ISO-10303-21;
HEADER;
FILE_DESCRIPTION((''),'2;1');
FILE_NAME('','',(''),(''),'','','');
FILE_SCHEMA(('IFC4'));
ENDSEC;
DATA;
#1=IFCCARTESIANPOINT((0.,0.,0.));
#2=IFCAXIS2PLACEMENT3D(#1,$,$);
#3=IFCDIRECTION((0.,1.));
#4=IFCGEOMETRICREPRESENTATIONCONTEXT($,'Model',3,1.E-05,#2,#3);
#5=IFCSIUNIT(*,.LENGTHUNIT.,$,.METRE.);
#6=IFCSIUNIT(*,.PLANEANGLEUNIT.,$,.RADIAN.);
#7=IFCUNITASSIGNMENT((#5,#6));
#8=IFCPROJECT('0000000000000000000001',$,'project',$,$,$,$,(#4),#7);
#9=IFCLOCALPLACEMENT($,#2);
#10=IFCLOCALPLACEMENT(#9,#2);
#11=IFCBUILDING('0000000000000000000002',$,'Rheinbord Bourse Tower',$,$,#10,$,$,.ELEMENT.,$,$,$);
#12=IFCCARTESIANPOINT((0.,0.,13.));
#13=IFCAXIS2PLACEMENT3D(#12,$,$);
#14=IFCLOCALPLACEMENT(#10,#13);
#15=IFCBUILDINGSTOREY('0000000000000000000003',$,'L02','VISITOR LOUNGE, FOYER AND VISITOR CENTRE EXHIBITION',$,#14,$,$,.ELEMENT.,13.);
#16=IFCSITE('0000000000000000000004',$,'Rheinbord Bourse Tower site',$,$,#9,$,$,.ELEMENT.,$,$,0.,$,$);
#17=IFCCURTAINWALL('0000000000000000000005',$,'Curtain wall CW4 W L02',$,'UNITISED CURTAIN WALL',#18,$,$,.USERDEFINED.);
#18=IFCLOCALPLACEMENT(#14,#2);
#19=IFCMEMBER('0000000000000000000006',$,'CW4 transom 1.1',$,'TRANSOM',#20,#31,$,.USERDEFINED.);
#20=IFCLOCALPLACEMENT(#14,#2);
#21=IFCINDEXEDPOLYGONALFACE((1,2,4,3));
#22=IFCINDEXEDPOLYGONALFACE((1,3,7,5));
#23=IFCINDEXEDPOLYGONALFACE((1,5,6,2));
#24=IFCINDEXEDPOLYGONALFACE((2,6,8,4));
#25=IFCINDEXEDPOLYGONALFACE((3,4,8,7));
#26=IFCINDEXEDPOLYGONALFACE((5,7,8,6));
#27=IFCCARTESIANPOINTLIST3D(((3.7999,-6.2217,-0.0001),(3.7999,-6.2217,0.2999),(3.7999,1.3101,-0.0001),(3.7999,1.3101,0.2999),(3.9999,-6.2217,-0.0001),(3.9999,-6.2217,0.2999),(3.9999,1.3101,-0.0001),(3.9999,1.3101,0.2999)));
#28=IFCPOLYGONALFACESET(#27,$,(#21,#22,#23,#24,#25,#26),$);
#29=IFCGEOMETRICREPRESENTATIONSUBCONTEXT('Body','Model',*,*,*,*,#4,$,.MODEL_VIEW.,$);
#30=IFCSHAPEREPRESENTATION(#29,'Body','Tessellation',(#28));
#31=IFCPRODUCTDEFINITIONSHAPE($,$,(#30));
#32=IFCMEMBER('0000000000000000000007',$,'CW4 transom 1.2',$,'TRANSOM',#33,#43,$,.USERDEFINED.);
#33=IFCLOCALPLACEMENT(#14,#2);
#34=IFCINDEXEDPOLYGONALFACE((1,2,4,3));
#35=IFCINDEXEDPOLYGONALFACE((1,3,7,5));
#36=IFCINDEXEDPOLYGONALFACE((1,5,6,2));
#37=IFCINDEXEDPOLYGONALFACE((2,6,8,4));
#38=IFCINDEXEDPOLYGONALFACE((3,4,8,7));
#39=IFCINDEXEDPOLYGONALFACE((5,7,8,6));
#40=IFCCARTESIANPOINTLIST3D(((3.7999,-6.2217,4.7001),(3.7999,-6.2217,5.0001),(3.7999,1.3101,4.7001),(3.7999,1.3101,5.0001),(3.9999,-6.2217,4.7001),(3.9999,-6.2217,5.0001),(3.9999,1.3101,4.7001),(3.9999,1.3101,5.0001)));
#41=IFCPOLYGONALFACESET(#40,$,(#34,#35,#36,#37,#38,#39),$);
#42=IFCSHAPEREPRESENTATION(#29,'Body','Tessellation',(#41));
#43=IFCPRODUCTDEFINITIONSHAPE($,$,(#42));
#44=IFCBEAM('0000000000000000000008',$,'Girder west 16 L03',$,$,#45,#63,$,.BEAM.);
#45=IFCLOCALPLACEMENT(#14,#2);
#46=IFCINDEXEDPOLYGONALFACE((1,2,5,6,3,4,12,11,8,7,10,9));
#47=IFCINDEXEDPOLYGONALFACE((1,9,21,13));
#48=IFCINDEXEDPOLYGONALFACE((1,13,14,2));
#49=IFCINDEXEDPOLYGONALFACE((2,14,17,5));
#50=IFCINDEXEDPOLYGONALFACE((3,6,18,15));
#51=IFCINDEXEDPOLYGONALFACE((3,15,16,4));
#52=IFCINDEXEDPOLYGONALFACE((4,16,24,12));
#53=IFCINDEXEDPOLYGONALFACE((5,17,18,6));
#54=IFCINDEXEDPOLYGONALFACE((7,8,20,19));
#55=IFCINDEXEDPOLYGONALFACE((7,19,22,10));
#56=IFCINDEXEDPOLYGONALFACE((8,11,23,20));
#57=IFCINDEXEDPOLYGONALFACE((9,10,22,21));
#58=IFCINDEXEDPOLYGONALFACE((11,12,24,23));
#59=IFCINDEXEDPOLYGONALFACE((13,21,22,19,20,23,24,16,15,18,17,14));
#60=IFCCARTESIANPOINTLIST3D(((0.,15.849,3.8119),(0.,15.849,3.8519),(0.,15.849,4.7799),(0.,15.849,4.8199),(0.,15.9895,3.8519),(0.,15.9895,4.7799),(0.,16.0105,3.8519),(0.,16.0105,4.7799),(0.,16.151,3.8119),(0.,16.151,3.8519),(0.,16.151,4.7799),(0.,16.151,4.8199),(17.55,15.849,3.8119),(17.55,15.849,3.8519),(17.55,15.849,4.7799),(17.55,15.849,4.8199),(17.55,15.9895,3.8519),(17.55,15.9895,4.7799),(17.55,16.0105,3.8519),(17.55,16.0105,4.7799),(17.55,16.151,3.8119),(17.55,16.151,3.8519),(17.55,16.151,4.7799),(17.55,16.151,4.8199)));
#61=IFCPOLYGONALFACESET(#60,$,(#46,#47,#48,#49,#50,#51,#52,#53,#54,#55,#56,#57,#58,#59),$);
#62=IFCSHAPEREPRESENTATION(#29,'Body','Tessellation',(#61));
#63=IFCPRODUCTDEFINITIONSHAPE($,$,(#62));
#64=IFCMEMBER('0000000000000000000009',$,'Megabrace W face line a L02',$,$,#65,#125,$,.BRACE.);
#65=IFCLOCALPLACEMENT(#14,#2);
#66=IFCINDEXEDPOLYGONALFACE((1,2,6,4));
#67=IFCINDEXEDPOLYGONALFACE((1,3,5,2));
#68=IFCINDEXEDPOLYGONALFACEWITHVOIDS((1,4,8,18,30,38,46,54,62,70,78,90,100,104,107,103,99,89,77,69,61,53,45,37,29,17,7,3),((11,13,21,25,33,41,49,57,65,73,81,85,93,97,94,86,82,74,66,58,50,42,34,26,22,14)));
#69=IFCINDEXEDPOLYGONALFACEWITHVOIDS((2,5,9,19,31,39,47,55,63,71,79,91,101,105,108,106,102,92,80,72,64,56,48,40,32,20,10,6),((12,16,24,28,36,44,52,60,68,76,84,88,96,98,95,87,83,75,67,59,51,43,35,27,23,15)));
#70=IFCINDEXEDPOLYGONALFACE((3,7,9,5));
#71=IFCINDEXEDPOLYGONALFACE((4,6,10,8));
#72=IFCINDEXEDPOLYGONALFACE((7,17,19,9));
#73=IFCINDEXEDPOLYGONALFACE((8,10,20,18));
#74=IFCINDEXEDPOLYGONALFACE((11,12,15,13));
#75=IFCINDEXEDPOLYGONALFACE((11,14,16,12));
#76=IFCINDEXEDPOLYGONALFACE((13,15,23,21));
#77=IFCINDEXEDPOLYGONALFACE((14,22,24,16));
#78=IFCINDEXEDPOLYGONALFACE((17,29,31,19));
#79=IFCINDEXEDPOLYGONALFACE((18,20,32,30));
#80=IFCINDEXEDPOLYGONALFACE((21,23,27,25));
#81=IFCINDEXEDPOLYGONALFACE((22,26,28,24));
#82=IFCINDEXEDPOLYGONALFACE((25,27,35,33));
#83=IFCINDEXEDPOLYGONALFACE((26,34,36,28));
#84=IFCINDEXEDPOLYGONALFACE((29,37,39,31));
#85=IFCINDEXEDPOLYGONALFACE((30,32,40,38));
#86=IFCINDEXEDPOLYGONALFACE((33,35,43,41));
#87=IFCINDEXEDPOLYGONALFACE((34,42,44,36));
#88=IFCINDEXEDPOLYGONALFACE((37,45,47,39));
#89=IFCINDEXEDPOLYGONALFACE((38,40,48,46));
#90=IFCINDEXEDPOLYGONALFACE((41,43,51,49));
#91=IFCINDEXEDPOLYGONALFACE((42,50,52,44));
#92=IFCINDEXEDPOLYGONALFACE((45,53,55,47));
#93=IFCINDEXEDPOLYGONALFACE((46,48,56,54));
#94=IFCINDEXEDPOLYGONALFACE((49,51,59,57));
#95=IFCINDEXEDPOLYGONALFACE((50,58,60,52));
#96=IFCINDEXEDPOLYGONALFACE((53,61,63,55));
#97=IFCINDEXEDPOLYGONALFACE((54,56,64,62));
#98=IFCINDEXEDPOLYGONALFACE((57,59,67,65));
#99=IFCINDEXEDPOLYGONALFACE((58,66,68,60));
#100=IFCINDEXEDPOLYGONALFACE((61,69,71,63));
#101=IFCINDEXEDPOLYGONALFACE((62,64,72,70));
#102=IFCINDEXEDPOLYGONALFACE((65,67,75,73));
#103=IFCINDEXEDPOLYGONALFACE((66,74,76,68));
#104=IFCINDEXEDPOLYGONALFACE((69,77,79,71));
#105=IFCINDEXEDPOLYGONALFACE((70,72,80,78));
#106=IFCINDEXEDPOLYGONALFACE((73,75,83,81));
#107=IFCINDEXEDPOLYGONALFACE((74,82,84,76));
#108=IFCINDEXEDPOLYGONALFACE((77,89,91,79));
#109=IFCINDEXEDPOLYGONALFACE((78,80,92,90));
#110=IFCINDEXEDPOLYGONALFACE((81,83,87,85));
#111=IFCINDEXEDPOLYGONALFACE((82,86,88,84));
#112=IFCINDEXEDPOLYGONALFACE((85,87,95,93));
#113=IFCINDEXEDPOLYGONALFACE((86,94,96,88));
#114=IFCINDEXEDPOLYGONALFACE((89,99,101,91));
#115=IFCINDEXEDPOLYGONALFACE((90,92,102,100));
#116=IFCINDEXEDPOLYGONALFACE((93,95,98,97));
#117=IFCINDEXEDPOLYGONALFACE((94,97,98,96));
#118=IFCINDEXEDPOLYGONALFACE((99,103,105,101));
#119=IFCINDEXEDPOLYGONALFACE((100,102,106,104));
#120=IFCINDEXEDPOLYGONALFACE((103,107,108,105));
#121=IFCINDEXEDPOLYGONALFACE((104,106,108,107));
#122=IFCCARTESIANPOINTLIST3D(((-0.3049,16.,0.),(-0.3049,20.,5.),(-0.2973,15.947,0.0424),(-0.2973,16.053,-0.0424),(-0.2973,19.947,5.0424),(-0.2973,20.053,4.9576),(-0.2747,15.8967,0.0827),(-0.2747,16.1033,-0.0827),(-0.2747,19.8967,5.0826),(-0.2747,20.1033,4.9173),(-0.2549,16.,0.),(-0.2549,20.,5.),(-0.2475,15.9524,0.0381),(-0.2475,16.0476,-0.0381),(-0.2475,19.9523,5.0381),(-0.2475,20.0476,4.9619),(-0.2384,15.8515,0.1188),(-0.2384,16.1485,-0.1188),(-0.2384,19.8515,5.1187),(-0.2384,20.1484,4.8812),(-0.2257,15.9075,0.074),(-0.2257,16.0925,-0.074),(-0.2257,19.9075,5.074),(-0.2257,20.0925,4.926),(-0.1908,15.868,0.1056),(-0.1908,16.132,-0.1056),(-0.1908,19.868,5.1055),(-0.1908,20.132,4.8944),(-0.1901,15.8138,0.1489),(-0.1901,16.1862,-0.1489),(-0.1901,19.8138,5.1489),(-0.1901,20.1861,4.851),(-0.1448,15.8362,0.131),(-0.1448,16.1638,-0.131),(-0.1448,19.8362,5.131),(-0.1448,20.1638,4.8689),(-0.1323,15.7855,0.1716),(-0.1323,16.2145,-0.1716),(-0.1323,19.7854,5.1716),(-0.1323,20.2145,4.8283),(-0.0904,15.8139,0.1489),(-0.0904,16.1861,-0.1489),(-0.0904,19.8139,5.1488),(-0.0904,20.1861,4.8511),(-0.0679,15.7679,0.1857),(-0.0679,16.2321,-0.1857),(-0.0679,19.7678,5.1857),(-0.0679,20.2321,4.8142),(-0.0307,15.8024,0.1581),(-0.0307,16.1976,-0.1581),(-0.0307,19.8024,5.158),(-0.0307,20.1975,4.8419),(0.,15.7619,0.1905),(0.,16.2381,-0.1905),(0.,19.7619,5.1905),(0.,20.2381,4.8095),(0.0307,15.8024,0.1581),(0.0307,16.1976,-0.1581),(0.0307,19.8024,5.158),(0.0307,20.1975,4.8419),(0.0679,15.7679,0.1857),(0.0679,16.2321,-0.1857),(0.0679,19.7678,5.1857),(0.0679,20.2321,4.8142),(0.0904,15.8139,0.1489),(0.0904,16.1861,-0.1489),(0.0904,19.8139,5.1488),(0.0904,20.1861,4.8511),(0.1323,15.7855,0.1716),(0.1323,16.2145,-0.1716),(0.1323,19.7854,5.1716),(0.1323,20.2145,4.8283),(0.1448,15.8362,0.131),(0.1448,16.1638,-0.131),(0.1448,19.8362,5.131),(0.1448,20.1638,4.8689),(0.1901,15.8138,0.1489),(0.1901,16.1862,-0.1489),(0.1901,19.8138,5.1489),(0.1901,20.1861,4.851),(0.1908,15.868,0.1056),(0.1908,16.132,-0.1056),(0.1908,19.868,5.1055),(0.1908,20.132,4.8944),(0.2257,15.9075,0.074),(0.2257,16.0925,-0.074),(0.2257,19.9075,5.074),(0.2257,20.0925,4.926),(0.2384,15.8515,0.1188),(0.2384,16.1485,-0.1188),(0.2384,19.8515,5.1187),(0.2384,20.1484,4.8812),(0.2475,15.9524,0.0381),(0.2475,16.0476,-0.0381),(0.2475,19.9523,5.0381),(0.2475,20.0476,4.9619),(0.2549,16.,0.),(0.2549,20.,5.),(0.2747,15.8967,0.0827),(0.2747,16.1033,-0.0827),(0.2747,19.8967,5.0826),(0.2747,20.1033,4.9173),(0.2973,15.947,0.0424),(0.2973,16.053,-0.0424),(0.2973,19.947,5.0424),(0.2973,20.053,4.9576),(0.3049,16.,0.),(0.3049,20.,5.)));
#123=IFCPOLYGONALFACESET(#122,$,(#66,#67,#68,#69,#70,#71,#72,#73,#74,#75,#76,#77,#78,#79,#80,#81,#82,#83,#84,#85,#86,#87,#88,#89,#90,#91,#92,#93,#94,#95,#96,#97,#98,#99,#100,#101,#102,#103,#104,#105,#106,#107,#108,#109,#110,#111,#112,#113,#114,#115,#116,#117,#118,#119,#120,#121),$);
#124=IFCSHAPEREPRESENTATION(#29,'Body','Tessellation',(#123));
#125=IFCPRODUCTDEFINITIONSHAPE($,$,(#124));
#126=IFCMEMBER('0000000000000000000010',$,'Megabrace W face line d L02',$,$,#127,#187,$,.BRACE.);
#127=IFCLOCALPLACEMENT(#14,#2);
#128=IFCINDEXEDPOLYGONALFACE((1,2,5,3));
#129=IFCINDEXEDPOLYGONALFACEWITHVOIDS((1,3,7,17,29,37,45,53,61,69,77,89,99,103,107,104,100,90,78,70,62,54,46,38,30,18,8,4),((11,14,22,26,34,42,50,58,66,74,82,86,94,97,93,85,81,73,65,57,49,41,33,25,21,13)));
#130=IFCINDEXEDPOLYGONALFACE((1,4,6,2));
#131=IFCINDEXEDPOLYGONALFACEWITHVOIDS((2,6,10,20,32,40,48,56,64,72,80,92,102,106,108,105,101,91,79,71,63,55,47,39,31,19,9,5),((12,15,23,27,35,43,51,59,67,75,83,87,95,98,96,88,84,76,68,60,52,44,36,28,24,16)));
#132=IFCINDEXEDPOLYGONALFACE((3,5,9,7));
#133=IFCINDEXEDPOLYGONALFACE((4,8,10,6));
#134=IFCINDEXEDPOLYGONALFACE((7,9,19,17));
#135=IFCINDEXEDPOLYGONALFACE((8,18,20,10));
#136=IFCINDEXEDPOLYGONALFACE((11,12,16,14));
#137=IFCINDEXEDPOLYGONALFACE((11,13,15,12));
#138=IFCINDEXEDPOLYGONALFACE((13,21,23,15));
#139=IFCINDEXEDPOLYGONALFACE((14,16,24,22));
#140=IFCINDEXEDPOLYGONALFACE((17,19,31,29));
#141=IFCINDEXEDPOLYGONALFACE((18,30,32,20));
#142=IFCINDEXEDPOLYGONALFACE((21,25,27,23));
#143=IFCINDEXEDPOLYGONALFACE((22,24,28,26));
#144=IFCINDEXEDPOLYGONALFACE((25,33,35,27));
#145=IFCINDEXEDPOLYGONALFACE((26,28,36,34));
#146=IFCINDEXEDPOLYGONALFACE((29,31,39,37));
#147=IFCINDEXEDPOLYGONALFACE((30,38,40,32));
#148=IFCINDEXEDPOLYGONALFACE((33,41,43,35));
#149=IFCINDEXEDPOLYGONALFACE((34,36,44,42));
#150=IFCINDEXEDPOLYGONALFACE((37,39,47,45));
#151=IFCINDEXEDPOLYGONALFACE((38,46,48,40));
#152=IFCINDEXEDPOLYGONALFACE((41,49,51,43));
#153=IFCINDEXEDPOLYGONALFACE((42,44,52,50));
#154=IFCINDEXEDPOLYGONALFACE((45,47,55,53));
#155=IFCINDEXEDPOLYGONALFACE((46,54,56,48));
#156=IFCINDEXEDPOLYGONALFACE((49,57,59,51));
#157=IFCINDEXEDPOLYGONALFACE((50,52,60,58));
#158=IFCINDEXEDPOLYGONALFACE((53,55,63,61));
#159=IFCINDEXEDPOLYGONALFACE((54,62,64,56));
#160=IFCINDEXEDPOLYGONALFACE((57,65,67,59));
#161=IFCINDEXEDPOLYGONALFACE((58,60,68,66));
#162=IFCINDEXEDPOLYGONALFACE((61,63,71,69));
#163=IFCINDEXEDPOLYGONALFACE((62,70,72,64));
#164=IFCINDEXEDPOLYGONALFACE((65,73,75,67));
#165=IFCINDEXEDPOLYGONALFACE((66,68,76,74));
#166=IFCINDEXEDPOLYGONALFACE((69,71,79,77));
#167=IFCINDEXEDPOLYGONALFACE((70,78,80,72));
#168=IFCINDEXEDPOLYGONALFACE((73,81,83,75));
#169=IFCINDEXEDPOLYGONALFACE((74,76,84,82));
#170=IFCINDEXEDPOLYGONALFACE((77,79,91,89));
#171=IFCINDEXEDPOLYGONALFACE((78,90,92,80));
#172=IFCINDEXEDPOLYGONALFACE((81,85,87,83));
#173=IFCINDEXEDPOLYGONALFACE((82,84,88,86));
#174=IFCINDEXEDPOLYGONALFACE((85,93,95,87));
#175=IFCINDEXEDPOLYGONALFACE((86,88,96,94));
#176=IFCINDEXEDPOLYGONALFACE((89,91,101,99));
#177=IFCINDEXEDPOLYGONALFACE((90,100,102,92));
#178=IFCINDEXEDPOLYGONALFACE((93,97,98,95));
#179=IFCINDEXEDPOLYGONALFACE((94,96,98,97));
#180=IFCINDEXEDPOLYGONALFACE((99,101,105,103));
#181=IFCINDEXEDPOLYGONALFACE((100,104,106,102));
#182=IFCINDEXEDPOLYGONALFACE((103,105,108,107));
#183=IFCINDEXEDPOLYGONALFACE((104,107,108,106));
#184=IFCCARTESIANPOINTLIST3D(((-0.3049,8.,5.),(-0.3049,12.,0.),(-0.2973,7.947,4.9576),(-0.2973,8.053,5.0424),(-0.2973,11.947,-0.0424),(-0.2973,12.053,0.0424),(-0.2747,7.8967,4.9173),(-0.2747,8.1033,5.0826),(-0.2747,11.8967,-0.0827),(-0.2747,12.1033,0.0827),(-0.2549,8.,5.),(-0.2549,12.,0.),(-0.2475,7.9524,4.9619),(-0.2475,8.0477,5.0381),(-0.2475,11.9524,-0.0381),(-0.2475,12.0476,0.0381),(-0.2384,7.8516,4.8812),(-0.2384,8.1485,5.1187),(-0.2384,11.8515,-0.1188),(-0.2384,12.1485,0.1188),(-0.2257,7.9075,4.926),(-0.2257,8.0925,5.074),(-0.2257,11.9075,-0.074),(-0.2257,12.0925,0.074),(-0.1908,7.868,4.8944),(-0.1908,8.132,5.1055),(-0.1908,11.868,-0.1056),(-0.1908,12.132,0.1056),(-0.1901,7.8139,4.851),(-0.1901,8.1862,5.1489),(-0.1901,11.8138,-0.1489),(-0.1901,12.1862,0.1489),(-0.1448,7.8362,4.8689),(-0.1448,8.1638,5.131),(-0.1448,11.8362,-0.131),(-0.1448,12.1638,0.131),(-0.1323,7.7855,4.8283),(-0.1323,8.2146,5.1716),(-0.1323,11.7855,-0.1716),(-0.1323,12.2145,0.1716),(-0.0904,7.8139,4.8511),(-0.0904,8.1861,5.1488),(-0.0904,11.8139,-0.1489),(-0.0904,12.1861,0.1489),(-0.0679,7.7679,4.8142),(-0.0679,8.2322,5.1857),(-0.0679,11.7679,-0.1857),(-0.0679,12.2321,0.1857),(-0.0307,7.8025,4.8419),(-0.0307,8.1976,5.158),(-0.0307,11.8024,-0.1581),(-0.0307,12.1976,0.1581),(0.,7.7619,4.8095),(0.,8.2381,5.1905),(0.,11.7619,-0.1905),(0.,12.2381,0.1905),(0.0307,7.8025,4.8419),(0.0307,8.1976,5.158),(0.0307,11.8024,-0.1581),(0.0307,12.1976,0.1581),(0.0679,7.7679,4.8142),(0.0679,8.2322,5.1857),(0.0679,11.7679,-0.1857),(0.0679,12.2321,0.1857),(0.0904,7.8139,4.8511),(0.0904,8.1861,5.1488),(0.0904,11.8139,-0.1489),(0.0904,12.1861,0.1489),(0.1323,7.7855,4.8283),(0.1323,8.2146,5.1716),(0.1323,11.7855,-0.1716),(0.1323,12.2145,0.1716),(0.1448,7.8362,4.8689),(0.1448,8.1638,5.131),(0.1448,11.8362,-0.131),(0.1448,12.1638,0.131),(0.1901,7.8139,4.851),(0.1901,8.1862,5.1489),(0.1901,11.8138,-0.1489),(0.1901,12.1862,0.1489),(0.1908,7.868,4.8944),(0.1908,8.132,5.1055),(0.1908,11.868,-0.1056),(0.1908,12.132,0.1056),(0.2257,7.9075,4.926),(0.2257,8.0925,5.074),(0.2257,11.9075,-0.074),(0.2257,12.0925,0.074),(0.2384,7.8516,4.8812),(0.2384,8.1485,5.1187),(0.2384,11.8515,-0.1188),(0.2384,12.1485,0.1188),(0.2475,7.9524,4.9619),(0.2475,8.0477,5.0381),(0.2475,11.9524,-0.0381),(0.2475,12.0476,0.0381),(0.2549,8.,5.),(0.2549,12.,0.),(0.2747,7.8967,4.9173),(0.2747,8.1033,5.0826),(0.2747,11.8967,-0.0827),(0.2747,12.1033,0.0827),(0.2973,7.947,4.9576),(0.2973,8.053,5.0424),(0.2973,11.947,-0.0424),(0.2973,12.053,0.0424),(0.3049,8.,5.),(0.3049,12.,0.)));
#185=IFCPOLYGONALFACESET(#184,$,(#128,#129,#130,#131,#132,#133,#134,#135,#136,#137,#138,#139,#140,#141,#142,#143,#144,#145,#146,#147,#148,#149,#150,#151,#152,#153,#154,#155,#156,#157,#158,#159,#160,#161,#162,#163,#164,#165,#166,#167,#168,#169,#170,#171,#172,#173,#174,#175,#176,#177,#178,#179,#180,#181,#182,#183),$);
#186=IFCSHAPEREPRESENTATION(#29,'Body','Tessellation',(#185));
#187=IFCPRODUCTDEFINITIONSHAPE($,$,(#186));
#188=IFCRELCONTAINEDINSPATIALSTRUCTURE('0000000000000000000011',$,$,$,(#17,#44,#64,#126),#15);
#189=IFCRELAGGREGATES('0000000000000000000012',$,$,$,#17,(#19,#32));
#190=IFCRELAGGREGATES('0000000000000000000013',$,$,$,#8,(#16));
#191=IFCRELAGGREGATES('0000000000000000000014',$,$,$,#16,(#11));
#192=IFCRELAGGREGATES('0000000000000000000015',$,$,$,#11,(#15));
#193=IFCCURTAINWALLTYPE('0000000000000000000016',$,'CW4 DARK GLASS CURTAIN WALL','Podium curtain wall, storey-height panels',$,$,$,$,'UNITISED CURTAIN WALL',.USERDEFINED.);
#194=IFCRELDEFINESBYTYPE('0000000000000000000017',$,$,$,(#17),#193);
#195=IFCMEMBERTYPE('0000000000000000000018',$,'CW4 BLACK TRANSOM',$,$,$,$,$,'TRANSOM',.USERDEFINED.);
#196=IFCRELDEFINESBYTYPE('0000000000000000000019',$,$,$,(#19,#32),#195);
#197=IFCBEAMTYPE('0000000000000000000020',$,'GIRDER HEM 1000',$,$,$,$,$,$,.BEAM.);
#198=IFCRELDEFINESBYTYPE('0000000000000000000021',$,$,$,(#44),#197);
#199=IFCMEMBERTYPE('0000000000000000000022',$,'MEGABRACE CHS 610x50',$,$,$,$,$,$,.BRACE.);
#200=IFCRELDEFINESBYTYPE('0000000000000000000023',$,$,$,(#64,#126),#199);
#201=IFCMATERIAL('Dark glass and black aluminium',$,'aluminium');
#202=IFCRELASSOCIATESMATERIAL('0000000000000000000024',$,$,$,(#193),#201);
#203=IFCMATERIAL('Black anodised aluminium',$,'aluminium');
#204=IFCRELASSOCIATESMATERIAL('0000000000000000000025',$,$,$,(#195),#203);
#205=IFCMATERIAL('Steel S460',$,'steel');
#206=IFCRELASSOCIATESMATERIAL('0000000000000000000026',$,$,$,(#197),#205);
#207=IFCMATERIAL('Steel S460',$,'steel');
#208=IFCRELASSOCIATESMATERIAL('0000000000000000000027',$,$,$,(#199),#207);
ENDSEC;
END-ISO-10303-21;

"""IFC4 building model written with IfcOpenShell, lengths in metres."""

from ifc_helpers import new_model, si_unit, direction, frame, origin, origin_2d, place, context, subcontext, project, spatial, rectangle, hollow_circle, i_section, extrude, material, material_profile, profile_set, type_object, element, aggregate, save


model = new_model("IFC4")

# Units and contexts
model_context = context("Model", 3, precision=1e-05, world=origin(), true_north=direction((0.0, 1.0)))
body_context = subcontext(model_context, "Body", "Model", "MODEL_VIEW")
ifc_project = project(units=[si_unit("LENGTHUNIT", "METRE"), si_unit("PLANEANGLEUNIT", "RADIAN")], contexts=[model_context])

# Site, building, storey
site_placement = place(None, origin())
site = spatial("IfcSite", under=ifc_project, at=site_placement, Name="Rheinbord Bourse Tower site", CompositionType="ELEMENT", RefElevation=0.0)
building_placement = place(site_placement, origin())
building = spatial("IfcBuilding", under=site, at=building_placement, Name="Rheinbord Bourse Tower", CompositionType="ELEMENT")
storey_placement = place(building_placement, frame((0.0, 0.0, 13.0)))
storey = spatial("IfcBuildingStorey", under=building, at=storey_placement, Name="L02", Description="VISITOR LOUNGE, FOYER AND VISITOR CENTRE EXHIBITION", CompositionType="ELEMENT", Elevation=13.0)

# Shared definitions
ifc_material_1 = material(Name="Dark glass and black aluminium", Category="aluminium")
curtain_wall_type = type_object("IfcCurtainWallType", Name="CW4 DARK GLASS CURTAIN WALL", Description="Podium curtain wall, storey-height panels", ElementType="UNITISED CURTAIN WALL", PredefinedType="USERDEFINED", material=ifc_material_1)

# Curtain wall
curtain_wall_1_placement = place(storey_placement, origin())
curtain_wall_1 = element("IfcCurtainWall", 1, at=curtain_wall_1_placement, inside=storey, type_object=curtain_wall_type, Name="Curtain wall CW4 W L02", ObjectType="UNITISED CURTAIN WALL", PredefinedType="USERDEFINED")

# Members
ifc_material_2 = material(Name="Black anodised aluminium", Category="aluminium")
ifc_material_profile_1 = material_profile(ifc_material_2, rectangle(XDim=0.2, YDim=0.3, at=origin_2d()), Name="CW4 TRANSOM 300x200")
ifc_profile_set_1 = profile_set([ifc_material_profile_1], Name="Black anodised aluminium")
member_type_1 = type_object("IfcMemberType", Name="CW4 BLACK TRANSOM", ElementType="TRANSOM", PredefinedType="USERDEFINED", material=ifc_profile_set_1)
member_1_placement = place(storey_placement, frame((3.8999, 1.3101, 0.1499), z_axis=(0.0, -1.0, 0.0), x_axis=(1.0, 0.0, 0.0)))
member_1 = element("IfcMember", 2, at=member_1_placement, type_object=member_type_1, Name="CW4 transom 1.1", ObjectType="TRANSOM", PredefinedType="USERDEFINED", context=body_context, shape_type="SweptSolid", body=[
    extrude(rectangle(XDim=0.2, YDim=0.3, at=origin_2d()), origin(), (0.0, 0.0, 1.0), 7.5317),
])
member_2_placement = place(storey_placement, frame((3.8999, 1.3101, 4.8501), z_axis=(0.0, -1.0, 0.0), x_axis=(1.0, 0.0, 0.0)))
member_2 = element("IfcMember", 3, at=member_2_placement, type_object=member_type_1, Name="CW4 transom 1.2", ObjectType="TRANSOM", PredefinedType="USERDEFINED", context=body_context, shape_type="SweptSolid", body=[
    extrude(rectangle(XDim=0.2, YDim=0.3, at=origin_2d()), origin(), (0.0, 0.0, 1.0), 7.5317),
])
aggregate(curtain_wall_1, [member_1, member_2])

# Beam
ifc_material_3 = material(Name="Steel S460", Category="steel")
ifc_material_profile_2 = material_profile(ifc_material_3, i_section(OverallWidth=0.302, OverallDepth=1.0081, WebThickness=0.021, FlangeThickness=0.04, at=origin_2d()), Name="HEM 1000")
ifc_profile_set_2 = profile_set([ifc_material_profile_2], Name="Steel S460")
beam_type_1 = type_object("IfcBeamType", Name="GIRDER HEM 1000", PredefinedType="BEAM", material=ifc_profile_set_2)
beam_1_placement = place(storey_placement, frame((0.0, 16.0, 4.3159), z_axis=(1.0, 0.0, 0.0), x_axis=(0.0, 1.0, 0.0)))
element("IfcBeam", 4, at=beam_1_placement, inside=storey, type_object=beam_type_1, Name="Girder west 16 L03", PredefinedType="BEAM", context=body_context, shape_type="SweptSolid", body=[
    extrude(i_section(OverallWidth=0.302, OverallDepth=1.0081, WebThickness=0.021, FlangeThickness=0.04, at=origin_2d()), origin(), (0.0, 0.0, 1.0), 17.55),
])

# Members
ifc_material_4 = material(Name="Steel S460", Category="steel")
ifc_material_profile_3 = material_profile(ifc_material_4, hollow_circle(Radius=0.3049, WallThickness=0.05, at=origin_2d()), Name="CHS 610x50")
ifc_profile_set_3 = profile_set([ifc_material_profile_3], Name="Steel S460")
member_type_2 = type_object("IfcMemberType", Name="MEGABRACE CHS 610x50", PredefinedType="BRACE", material=ifc_profile_set_3)
for number, where, z_axis, x_axis, name in (
    (5, (0.0, 16.0, 0.0), (0.0, 0.624695, 0.780869), (-1.0, 0.0, 0.0), "Megabrace W face line a L02"),
    (6, (0.0, 12.0, 0.0), (0.0, -0.624695, 0.780869), (1.0, 0.0, 0.0), "Megabrace W face line d L02"),
):
    element("IfcMember", number, at=place(storey_placement, frame(where, z_axis=z_axis, x_axis=x_axis)), inside=storey, type_object=member_type_2, Name=name, PredefinedType="BRACE", context=body_context, shape_type="SweptSolid", body=[
        extrude(hollow_circle(Radius=0.3049, WallThickness=0.05, at=origin_2d()), origin(), (0.0, 0.0, 1.0), 6.4031),
    ])

save(model, "model.ifc")
